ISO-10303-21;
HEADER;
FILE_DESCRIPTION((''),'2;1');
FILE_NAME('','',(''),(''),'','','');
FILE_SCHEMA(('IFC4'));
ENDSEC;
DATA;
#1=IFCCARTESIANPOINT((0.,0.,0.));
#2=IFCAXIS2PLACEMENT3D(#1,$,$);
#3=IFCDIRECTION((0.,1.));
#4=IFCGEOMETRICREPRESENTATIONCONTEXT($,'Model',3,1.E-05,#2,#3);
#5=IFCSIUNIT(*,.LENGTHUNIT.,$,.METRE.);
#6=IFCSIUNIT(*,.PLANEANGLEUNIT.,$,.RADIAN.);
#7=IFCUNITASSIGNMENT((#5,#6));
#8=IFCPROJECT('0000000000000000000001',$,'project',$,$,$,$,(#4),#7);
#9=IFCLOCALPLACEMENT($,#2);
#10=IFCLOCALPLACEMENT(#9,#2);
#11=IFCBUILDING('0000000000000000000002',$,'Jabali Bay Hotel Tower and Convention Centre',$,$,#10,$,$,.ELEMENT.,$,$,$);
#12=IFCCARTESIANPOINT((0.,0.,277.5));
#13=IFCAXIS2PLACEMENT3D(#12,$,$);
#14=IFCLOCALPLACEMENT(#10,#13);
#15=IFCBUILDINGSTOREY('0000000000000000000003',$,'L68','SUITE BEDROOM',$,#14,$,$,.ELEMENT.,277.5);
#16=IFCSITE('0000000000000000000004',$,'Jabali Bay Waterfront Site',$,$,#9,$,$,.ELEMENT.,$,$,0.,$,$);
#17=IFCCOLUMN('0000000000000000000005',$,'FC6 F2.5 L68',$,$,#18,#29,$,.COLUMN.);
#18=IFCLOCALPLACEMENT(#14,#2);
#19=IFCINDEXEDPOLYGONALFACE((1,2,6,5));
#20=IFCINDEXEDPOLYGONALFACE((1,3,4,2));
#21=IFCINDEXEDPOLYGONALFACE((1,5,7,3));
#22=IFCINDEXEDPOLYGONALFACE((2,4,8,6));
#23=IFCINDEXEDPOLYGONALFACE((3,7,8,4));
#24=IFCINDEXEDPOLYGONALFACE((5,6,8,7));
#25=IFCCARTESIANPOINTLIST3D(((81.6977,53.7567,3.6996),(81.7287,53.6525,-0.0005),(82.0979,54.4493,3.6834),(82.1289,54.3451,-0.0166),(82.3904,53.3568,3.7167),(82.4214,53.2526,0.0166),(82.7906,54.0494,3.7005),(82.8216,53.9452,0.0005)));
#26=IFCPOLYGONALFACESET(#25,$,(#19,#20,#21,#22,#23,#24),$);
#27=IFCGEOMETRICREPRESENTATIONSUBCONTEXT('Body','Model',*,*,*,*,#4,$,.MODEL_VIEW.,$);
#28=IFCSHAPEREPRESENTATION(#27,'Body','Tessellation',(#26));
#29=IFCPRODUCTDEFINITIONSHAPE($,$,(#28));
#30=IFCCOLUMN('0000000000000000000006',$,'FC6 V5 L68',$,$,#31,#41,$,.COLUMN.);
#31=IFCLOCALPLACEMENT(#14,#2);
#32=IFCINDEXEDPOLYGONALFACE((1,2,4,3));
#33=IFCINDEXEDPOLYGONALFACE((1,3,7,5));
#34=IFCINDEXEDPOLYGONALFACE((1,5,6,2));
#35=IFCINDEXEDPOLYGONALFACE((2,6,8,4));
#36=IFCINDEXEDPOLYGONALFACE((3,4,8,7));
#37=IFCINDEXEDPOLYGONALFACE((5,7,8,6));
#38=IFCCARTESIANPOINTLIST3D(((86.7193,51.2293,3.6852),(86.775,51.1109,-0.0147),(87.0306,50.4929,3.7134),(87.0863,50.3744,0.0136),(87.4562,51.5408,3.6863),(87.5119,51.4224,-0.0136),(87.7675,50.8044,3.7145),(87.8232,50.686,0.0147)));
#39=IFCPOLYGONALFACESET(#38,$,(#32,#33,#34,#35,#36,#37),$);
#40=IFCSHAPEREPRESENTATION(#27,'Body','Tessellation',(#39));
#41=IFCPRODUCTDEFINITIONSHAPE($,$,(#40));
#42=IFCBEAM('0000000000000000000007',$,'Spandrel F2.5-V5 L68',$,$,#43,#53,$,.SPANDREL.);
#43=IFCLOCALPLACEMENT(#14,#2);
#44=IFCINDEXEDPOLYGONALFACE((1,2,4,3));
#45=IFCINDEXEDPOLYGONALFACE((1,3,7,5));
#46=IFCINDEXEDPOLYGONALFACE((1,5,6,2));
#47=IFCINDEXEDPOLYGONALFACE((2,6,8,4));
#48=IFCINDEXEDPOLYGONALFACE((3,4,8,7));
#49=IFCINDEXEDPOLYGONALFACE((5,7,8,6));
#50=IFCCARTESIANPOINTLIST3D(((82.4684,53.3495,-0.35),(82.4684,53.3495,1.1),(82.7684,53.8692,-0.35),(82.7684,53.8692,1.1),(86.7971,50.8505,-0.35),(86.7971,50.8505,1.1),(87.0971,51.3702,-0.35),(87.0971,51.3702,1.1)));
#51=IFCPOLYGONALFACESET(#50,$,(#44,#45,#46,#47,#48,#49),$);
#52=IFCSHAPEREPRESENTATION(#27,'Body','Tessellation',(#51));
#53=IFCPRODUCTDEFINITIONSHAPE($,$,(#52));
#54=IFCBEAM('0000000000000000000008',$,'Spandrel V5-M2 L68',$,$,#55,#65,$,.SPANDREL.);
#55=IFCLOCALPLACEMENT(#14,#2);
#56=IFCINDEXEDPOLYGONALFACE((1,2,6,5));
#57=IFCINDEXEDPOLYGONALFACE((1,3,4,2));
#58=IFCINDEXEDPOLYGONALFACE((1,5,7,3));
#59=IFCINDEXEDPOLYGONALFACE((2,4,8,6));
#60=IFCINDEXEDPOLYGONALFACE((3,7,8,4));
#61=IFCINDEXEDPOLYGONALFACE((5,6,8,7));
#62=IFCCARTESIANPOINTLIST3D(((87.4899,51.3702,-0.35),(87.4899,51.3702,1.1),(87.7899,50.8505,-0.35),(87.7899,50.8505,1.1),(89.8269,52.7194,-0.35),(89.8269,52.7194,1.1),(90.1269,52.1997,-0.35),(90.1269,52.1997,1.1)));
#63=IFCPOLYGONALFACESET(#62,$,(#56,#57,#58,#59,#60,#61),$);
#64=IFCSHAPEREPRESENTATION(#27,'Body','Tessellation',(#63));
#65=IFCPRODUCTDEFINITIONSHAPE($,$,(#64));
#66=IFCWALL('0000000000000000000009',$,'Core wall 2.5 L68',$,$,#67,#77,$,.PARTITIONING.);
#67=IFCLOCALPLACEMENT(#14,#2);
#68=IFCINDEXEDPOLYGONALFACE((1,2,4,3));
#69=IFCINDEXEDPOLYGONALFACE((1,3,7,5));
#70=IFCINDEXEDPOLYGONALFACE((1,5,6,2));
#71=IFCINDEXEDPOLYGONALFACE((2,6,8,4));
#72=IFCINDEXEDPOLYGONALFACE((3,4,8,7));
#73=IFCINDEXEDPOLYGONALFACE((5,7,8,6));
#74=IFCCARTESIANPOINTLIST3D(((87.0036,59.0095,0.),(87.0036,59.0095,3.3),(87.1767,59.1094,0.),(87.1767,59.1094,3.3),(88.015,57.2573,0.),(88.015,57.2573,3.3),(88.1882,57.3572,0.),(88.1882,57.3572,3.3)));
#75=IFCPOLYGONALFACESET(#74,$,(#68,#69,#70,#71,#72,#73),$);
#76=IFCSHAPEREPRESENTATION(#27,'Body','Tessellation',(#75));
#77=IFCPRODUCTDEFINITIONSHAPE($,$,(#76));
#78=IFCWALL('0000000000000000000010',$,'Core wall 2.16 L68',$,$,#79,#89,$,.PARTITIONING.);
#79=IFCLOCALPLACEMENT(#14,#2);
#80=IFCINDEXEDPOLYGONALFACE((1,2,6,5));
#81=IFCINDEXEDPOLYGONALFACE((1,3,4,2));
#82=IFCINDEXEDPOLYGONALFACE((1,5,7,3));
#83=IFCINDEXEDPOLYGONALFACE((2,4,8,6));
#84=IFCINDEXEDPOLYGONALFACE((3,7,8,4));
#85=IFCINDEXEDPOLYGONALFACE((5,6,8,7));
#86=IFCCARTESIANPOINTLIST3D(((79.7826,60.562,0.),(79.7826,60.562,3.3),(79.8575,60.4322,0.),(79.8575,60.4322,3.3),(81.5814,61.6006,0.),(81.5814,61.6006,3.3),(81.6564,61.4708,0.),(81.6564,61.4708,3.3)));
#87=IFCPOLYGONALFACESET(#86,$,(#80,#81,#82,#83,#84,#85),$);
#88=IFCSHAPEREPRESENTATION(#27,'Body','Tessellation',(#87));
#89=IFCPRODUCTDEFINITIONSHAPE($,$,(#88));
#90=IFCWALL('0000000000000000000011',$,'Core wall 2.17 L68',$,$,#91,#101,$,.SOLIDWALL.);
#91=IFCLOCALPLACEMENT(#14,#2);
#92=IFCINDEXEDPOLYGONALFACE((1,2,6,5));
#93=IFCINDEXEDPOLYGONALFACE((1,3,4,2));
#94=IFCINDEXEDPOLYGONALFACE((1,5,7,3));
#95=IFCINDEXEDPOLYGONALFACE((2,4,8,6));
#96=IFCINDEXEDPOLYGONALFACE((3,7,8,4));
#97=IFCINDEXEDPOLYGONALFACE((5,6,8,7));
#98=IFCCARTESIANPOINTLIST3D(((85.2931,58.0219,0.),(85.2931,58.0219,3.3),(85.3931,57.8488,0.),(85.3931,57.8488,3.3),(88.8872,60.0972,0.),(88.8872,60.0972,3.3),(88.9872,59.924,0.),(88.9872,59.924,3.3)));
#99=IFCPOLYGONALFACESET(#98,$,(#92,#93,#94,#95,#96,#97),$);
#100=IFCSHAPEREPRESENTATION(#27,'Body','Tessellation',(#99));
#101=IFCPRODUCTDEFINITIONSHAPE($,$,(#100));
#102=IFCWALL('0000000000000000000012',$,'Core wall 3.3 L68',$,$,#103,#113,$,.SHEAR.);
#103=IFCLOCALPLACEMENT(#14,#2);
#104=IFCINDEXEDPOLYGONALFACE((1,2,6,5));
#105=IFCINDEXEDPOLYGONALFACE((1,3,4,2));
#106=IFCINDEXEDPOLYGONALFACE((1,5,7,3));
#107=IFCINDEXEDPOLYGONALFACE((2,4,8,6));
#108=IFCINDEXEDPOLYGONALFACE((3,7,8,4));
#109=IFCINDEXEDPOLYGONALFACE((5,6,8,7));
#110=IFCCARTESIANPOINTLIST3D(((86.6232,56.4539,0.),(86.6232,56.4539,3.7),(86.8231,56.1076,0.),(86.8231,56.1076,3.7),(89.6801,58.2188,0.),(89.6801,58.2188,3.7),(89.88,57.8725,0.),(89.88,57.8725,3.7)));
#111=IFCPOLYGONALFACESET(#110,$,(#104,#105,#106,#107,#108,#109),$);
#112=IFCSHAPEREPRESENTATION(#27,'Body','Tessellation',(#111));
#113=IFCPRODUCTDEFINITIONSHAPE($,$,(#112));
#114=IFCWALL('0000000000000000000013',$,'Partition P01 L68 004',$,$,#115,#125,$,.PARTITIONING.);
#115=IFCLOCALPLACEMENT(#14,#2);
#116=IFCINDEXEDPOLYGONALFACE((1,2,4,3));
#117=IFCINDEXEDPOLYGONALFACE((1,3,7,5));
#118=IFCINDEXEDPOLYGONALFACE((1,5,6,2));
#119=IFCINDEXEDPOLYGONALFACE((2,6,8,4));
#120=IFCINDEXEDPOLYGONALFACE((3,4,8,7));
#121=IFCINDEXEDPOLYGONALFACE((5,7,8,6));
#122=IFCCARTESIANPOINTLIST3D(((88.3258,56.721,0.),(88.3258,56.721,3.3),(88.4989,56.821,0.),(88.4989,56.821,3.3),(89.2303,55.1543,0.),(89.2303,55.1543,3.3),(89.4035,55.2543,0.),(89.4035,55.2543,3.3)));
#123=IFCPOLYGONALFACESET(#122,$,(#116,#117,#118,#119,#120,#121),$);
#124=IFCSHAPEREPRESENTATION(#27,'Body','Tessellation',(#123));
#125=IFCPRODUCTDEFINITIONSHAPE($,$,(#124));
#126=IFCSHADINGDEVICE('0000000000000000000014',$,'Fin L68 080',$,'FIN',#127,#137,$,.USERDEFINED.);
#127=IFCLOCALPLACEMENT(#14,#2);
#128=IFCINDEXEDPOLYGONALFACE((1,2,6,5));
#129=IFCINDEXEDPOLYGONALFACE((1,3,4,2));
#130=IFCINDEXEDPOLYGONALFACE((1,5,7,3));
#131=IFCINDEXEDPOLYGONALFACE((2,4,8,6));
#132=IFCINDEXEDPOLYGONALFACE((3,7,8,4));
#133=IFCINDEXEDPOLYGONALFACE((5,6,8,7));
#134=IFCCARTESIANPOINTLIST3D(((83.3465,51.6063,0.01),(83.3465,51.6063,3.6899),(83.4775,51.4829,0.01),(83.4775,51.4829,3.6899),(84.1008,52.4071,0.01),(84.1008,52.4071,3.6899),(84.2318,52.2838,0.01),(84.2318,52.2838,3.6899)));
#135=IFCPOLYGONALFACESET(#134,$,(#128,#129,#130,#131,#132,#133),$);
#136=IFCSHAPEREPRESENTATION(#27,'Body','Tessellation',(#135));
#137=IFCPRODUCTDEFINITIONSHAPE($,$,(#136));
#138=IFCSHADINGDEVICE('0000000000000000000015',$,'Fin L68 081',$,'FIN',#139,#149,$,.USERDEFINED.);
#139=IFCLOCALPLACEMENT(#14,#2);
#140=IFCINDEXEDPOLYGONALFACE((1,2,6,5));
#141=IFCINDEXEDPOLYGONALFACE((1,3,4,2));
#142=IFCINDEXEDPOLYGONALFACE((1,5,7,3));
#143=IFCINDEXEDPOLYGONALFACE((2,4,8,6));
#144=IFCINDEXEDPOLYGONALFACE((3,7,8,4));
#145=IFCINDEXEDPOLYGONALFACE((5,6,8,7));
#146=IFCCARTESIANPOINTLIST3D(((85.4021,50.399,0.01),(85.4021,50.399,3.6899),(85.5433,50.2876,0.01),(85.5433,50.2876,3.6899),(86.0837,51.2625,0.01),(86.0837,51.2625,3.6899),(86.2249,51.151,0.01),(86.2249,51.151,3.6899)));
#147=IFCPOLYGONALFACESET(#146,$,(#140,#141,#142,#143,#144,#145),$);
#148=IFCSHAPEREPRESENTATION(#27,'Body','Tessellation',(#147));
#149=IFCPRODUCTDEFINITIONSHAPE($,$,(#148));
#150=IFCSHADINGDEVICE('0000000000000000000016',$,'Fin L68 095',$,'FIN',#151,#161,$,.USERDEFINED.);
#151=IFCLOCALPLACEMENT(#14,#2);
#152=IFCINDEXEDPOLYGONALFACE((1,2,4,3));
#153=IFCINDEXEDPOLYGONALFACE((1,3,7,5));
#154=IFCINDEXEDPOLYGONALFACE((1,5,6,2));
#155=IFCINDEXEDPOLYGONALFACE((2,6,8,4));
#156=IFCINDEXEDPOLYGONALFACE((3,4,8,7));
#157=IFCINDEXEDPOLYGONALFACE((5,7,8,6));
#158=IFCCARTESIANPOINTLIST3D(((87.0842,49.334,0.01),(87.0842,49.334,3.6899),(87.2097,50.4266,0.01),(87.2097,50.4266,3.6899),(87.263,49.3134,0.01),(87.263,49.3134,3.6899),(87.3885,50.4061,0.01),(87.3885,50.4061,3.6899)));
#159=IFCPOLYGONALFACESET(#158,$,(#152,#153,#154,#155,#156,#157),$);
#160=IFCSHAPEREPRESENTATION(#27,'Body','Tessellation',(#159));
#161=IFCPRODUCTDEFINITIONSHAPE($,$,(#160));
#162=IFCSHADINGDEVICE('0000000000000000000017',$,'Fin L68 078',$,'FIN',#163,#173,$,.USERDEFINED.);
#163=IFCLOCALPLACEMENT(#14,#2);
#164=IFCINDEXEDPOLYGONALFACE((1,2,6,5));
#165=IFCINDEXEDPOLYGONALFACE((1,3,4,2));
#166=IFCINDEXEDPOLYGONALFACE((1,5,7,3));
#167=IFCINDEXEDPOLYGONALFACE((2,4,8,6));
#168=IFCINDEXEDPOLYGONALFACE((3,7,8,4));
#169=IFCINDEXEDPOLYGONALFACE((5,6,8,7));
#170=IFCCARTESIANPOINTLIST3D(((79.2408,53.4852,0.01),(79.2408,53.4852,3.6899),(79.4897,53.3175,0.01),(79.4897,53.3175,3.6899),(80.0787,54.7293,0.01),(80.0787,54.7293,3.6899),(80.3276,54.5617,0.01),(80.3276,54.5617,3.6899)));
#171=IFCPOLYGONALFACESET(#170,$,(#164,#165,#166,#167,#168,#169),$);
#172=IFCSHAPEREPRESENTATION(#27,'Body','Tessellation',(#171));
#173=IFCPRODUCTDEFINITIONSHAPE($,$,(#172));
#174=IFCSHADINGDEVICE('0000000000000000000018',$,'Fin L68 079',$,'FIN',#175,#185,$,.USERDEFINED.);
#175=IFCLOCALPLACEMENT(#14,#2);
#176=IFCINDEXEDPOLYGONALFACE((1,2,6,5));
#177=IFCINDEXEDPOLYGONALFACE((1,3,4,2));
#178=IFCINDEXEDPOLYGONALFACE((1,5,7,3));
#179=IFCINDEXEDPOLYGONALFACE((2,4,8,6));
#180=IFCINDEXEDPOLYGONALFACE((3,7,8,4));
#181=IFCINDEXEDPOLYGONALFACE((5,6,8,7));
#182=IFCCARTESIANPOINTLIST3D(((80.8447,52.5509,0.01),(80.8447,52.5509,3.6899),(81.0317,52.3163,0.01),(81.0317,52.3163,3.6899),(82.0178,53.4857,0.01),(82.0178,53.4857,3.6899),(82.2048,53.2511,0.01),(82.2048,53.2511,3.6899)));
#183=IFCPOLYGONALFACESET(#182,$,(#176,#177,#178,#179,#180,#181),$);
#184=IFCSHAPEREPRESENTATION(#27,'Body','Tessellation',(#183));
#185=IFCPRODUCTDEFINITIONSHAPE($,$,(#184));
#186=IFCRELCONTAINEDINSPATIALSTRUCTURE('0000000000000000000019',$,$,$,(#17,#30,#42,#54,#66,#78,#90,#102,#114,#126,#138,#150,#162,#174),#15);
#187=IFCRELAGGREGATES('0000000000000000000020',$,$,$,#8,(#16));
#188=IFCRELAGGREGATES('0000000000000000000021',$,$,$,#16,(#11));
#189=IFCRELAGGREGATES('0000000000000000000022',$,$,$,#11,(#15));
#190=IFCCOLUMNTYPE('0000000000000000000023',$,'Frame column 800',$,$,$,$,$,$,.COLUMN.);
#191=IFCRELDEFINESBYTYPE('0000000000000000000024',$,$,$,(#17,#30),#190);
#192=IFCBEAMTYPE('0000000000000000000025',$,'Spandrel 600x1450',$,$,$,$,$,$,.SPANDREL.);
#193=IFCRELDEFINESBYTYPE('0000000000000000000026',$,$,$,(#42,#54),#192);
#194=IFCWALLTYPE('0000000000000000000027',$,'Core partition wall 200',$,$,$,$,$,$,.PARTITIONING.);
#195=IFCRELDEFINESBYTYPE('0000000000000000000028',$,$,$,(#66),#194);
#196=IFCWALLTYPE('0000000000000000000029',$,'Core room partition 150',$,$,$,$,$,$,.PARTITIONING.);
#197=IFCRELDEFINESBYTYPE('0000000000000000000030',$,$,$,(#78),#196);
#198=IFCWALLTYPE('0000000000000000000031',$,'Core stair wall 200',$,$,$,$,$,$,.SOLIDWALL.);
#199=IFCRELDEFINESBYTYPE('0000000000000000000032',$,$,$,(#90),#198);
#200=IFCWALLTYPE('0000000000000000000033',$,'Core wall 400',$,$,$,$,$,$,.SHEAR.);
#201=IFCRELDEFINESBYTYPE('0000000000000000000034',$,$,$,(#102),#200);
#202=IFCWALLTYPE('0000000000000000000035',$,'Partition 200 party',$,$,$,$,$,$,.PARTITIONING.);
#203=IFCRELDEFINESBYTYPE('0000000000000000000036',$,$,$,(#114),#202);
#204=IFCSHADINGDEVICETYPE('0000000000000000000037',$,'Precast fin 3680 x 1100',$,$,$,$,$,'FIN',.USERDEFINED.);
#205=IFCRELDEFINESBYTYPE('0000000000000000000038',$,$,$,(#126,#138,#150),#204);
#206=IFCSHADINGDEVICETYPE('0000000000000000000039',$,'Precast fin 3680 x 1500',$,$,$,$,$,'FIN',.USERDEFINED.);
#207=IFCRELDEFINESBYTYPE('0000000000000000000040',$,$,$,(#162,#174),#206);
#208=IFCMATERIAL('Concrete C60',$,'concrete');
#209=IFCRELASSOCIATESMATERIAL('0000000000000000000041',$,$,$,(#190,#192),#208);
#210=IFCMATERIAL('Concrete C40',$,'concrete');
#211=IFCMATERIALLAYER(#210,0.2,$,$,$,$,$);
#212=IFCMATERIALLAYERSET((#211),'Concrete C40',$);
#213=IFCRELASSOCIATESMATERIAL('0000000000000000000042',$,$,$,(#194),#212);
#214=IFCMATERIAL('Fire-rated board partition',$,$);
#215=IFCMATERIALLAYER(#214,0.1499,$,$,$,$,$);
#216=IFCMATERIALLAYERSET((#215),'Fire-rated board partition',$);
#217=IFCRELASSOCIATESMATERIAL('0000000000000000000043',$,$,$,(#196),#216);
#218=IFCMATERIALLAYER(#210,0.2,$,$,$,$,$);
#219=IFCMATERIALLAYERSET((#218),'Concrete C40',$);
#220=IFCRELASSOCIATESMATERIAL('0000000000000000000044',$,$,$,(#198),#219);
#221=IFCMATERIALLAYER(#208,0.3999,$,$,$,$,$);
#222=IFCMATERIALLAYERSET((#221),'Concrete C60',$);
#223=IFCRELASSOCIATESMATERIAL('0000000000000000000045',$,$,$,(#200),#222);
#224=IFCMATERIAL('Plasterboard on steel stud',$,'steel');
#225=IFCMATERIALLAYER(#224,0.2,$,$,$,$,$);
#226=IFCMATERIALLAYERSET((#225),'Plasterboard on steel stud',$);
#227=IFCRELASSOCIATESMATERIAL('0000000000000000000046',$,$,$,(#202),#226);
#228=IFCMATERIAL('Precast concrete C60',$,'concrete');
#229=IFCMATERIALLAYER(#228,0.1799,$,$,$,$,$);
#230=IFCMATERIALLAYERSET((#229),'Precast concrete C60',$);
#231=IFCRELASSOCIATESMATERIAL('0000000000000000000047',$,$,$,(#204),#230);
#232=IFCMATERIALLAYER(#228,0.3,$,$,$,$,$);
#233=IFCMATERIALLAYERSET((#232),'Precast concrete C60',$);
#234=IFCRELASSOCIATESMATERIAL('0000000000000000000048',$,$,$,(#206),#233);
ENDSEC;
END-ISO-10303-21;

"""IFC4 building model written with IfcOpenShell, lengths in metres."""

from ifc_helpers import new_model, si_unit, direction, frame, frame_2d, origin, origin_2d, place, context, subcontext, project, spatial, rectangle, extrude, material, layer, layer_set, material_profile, profile_set, type_object, element, save


model = new_model("IFC4")

# Units and contexts
model_context = context("Model", 3, precision=1e-05, world=origin(), true_north=direction((0.0, 1.0)))
body_context = subcontext(model_context, "Body", "Model", "MODEL_VIEW")
ifc_project = project(units=[si_unit("LENGTHUNIT", "METRE"), si_unit("PLANEANGLEUNIT", "RADIAN")], contexts=[model_context])

# Site, building, storey
site_placement = place(None, origin())
site = spatial("IfcSite", under=ifc_project, at=site_placement, Name="Jabali Bay Waterfront Site", CompositionType="ELEMENT", RefElevation=0.0)
building_placement = place(site_placement, origin())
building = spatial("IfcBuilding", under=site, at=building_placement, Name="Jabali Bay Hotel Tower and Convention Centre", CompositionType="ELEMENT")
storey_placement = place(building_placement, frame((0.0, 0.0, 277.5)))
storey = spatial("IfcBuildingStorey", under=building, at=storey_placement, Name="L68", Description="SUITE BEDROOM", CompositionType="ELEMENT", Elevation=277.5)

# Columns
ifc_material_1 = material(Name="Concrete C60", Category="concrete")
ifc_material_profile_1 = material_profile(ifc_material_1, rectangle(XDim=0.8, YDim=0.8, at=origin_2d()), Name="Frame column 800")
ifc_profile_set_1 = profile_set([ifc_material_profile_1], Name="Concrete C60")
column_type = type_object("IfcColumnType", Name="Frame column 800", PredefinedType="COLUMN", material=ifc_profile_set_1)
column_1_placement = place(storey_placement, frame((82.2751, 53.7988, 0.0), z_axis=(-0.008376, 0.028163, 0.999568), x_axis=(-0.500235, -0.865654, 0.020198)))
element("IfcColumn", 1, at=column_1_placement, inside=storey, type_object=column_type, Name="FC6 F2.5 L68", PredefinedType="COLUMN", context=body_context, shape_type="SweptSolid", body=[
    extrude(rectangle(XDim=0.8, YDim=0.8, at=origin_2d()), origin(), (0.0, 0.0, 1.0), 3.7017),
])
column_2_placement = place(storey_placement, frame((87.2991, 50.8984, 0.0), z_axis=(-0.015035, 0.031983, 0.999375), x_axis=(0.389086, -0.920524, 0.035313)))
element("IfcColumn", 2, at=column_2_placement, inside=storey, type_object=column_type, Name="FC6 V5 L68", PredefinedType="COLUMN", context=body_context, shape_type="SweptSolid", body=[
    extrude(rectangle(XDim=0.8, YDim=0.8, at=origin_2d()), origin(), (0.0, 0.0, 1.0), 3.7021),
])

# Beams
ifc_material_profile_2 = material_profile(ifc_material_1, rectangle(XDim=0.6001, YDim=1.45, at=origin_2d()), Name="Spandrel 600x1450")
ifc_profile_set_2 = profile_set([ifc_material_profile_2], Name="Concrete C60")
beam_type = type_object("IfcBeamType", Name="Spandrel 600x1450", PredefinedType="SPANDREL", material=ifc_profile_set_2)
beam_1_placement = place(storey_placement, frame((82.6184, 53.6094, 0.375), z_axis=(0.866034, -0.499985, 0.0), x_axis=(0.499985, 0.866034, 0.0)))
element("IfcBeam", 3, at=beam_1_placement, inside=storey, type_object=beam_type, Name="Spandrel F2.5-V5 L68", PredefinedType="SPANDREL", context=body_context, shape_type="SweptSolid", body=[
    extrude(rectangle(XDim=0.6001, YDim=1.45, at=origin_2d()), origin(), (0.0, 0.0, 1.0), 4.9983),
])
beam_2_placement = place(storey_placement, frame((87.6399, 51.1104, 0.375), z_axis=(0.866041, 0.499973, 0.0), x_axis=(-0.499973, 0.866041, 0.0)))
element("IfcBeam", 4, at=beam_2_placement, inside=storey, type_object=beam_type, Name="Spandrel V5-M2 L68", PredefinedType="SPANDREL", context=body_context, shape_type="SweptSolid", body=[
    extrude(rectangle(XDim=0.6001, YDim=1.45, at=origin_2d()), origin(), (0.0, 0.0, 1.0), 2.6985),
])

# Walls
ifc_material_2 = material(Name="Concrete C40", Category="concrete")
ifc_layer_1 = layer(ifc_material_2, 0.2)
ifc_layer_set_1 = layer_set([ifc_layer_1], Name="Concrete C40")
wall_type_1 = type_object("IfcWallType", Name="Core partition wall 200", PredefinedType="PARTITIONING", material=ifc_layer_set_1)
wall_1_placement = place(storey_placement, frame((87.0901, 59.0596, 0.0), z_axis=(0.0, 0.0, 1.0), x_axis=(0.499942, -0.866059, 0.0)))
element("IfcWall", 5, at=wall_1_placement, inside=storey, type_object=wall_type_1, Name="Core wall 2.5 L68", PredefinedType="PARTITIONING", context=body_context, shape_type="SweptSolid", body=[
    extrude(rectangle(XDim=2.0232, YDim=0.2, at=frame_2d((1.0117, 0.0))), origin(), (0.0, 0.0, 1.0), 3.3),
])
ifc_material_3 = material(Name="Fire-rated board partition")
ifc_layer_2 = layer(ifc_material_3, 0.1499)
ifc_layer_set_2 = layer_set([ifc_layer_2], Name="Fire-rated board partition")
wall_type_2 = type_object("IfcWallType", Name="Core room partition 150", PredefinedType="PARTITIONING", material=ifc_layer_set_2)
wall_2_placement = place(storey_placement, frame((79.8201, 60.4971, 0.0), z_axis=(0.0, 0.0, 1.0), x_axis=(0.866021, 0.500007, 0.0)))
element("IfcWall", 6, at=wall_2_placement, inside=storey, type_object=wall_type_2, Name="Core wall 2.16 L68", PredefinedType="PARTITIONING", context=body_context, shape_type="SweptSolid", body=[
    extrude(rectangle(XDim=2.0771, YDim=0.1499, at=frame_2d((1.0386, 0.0))), origin(), (0.0, 0.0, 1.0), 3.3),
])
ifc_layer_3 = layer(ifc_material_2, 0.2)
ifc_layer_set_3 = layer_set([ifc_layer_3], Name="Concrete C40")
wall_type_3 = type_object("IfcWallType", Name="Core stair wall 200", PredefinedType="SOLIDWALL", material=ifc_layer_set_3)
wall_3_placement = place(storey_placement, frame((85.343, 57.9353, 0.0), z_axis=(0.0, 0.0, 1.0), x_axis=(0.866004, 0.500036, 0.0)))
element("IfcWall", 7, at=wall_3_placement, inside=storey, type_object=wall_type_3, Name="Core wall 2.17 L68", PredefinedType="SOLIDWALL", context=body_context, shape_type="SweptSolid", body=[
    extrude(rectangle(XDim=4.1501, YDim=0.2, at=frame_2d((2.0752, 0.0))), origin(), (0.0, 0.0, 1.0), 3.3),
])
ifc_layer_4 = layer(ifc_material_1, 0.3999)
ifc_layer_set_4 = layer_set([ifc_layer_4], Name="Concrete C60")
wall_type_4 = type_object("IfcWallType", Name="Core wall 400", PredefinedType="SHEAR", material=ifc_layer_set_4)
wall_4_placement = place(storey_placement, frame((86.7231, 56.2808, 0.0), z_axis=(0.0, 0.0, 1.0), x_axis=(0.866025, 0.5, 0.0)))
element("IfcWall", 8, at=wall_4_placement, inside=storey, type_object=wall_type_4, Name="Core wall 3.3 L68", PredefinedType="SHEAR", context=body_context, shape_type="SweptSolid", body=[
    extrude(rectangle(XDim=3.5298, YDim=0.3999, at=frame_2d((1.7649, 0.0))), origin(), (0.0, 0.0, 1.0), 3.7),
])

# Wall
ifc_material_4 = material(Name="Plasterboard on steel stud", Category="steel")
ifc_layer_5 = layer(ifc_material_4, 0.2)
ifc_layer_set_5 = layer_set([ifc_layer_5], Name="Plasterboard on steel stud")
wall_type_5 = type_object("IfcWallType", Name="Partition 200 party", PredefinedType="PARTITIONING", material=ifc_layer_set_5)
wall_5_placement = place(storey_placement, frame((88.4124, 56.771, 0.0), z_axis=(0.0, 0.0, 1.0), x_axis=(0.500015, -0.866017, 0.0)))
element("IfcWall", 9, at=wall_5_placement, inside=storey, type_object=wall_type_5, Name="Partition P01 L68 004", PredefinedType="PARTITIONING", context=body_context, shape_type="SweptSolid", body=[
    extrude(rectangle(XDim=1.8091, YDim=0.2, at=frame_2d((0.9045, 0.0))), origin(), (0.0, 0.0, 1.0), 3.3),
])

# Shading devices
ifc_material_5 = material(Name="Precast concrete C60", Category="concrete")
ifc_layer_6 = layer(ifc_material_5, 0.1799)
ifc_layer_set_6 = layer_set([ifc_layer_6], Name="Precast concrete C60")
shading_device_type_1 = type_object("IfcShadingDeviceType", Name="Precast fin 3680 x 1100", ElementType="FIN", PredefinedType="USERDEFINED", material=ifc_layer_set_6)
for number, where, z_axis, x_axis, name in (
    (10, (84.1663, 52.3455, 0.01), (0.0, 0.0, 1.0), (-0.685593, -0.727985, 0.0), "Fin L68 080"),
    (11, (86.1543, 51.2068, 0.01), (0.0, 0.0, 1.0), (-0.619594, -0.784923, 0.0), "Fin L68 081"),
):
    element("IfcShadingDevice", number, at=place(storey_placement, frame(where, z_axis=z_axis, x_axis=x_axis)), inside=storey, type_object=shading_device_type_1, Name=name, ObjectType="FIN", PredefinedType="USERDEFINED", context=body_context, shape_type="SweptSolid", body=[
        extrude(rectangle(XDim=1.1001, YDim=0.1799, at=frame_2d((0.55, 0.0))), origin(), (0.0, 0.0, 1.0), 3.6799),
    ])
shading_device_placement = place(storey_placement, frame((87.2991, 50.4163, 0.01), z_axis=(0.0, 0.0, 1.0), x_axis=(-0.114085, -0.993471, 0.0)))
element("IfcShadingDevice", 12, at=shading_device_placement, inside=storey, type_object=shading_device_type_1, Name="Fin L68 095", ObjectType="FIN", PredefinedType="USERDEFINED", context=body_context, shape_type="SweptSolid", body=[
    extrude(rectangle(XDim=1.0999, YDim=0.1799, at=frame_2d((0.5498, 0.0))), origin(), (0.0, 0.0, 1.0), 3.6799),
])
ifc_layer_7 = layer(ifc_material_5, 0.3)
ifc_layer_set_7 = layer_set([ifc_layer_7], Name="Precast concrete C60")
shading_device_type_2 = type_object("IfcShadingDeviceType", Name="Precast fin 3680 x 1500", ElementType="FIN", PredefinedType="USERDEFINED", material=ifc_layer_set_7)
for number, where, z_axis, x_axis, name in (
    (13, (80.2031, 54.6455, 0.01), (0.0, 0.0, 1.0), (-0.5586, -0.829437, 0.0), "Fin L68 078"),
    (14, (82.1113, 53.3684, 0.01), (0.0, 0.0, 1.0), (-0.782058, -0.623205, 0.0), "Fin L68 079"),
):
    element("IfcShadingDevice", number, at=place(storey_placement, frame(where, z_axis=z_axis, x_axis=x_axis)), inside=storey, type_object=shading_device_type_2, Name=name, ObjectType="FIN", PredefinedType="USERDEFINED", context=body_context, shape_type="SweptSolid", body=[
        extrude(rectangle(XDim=1.5, YDim=0.3, at=frame_2d((0.75, 0.0))), origin(), (0.0, 0.0, 1.0), 3.6799),
    ])

save(model, "model.ifc")
